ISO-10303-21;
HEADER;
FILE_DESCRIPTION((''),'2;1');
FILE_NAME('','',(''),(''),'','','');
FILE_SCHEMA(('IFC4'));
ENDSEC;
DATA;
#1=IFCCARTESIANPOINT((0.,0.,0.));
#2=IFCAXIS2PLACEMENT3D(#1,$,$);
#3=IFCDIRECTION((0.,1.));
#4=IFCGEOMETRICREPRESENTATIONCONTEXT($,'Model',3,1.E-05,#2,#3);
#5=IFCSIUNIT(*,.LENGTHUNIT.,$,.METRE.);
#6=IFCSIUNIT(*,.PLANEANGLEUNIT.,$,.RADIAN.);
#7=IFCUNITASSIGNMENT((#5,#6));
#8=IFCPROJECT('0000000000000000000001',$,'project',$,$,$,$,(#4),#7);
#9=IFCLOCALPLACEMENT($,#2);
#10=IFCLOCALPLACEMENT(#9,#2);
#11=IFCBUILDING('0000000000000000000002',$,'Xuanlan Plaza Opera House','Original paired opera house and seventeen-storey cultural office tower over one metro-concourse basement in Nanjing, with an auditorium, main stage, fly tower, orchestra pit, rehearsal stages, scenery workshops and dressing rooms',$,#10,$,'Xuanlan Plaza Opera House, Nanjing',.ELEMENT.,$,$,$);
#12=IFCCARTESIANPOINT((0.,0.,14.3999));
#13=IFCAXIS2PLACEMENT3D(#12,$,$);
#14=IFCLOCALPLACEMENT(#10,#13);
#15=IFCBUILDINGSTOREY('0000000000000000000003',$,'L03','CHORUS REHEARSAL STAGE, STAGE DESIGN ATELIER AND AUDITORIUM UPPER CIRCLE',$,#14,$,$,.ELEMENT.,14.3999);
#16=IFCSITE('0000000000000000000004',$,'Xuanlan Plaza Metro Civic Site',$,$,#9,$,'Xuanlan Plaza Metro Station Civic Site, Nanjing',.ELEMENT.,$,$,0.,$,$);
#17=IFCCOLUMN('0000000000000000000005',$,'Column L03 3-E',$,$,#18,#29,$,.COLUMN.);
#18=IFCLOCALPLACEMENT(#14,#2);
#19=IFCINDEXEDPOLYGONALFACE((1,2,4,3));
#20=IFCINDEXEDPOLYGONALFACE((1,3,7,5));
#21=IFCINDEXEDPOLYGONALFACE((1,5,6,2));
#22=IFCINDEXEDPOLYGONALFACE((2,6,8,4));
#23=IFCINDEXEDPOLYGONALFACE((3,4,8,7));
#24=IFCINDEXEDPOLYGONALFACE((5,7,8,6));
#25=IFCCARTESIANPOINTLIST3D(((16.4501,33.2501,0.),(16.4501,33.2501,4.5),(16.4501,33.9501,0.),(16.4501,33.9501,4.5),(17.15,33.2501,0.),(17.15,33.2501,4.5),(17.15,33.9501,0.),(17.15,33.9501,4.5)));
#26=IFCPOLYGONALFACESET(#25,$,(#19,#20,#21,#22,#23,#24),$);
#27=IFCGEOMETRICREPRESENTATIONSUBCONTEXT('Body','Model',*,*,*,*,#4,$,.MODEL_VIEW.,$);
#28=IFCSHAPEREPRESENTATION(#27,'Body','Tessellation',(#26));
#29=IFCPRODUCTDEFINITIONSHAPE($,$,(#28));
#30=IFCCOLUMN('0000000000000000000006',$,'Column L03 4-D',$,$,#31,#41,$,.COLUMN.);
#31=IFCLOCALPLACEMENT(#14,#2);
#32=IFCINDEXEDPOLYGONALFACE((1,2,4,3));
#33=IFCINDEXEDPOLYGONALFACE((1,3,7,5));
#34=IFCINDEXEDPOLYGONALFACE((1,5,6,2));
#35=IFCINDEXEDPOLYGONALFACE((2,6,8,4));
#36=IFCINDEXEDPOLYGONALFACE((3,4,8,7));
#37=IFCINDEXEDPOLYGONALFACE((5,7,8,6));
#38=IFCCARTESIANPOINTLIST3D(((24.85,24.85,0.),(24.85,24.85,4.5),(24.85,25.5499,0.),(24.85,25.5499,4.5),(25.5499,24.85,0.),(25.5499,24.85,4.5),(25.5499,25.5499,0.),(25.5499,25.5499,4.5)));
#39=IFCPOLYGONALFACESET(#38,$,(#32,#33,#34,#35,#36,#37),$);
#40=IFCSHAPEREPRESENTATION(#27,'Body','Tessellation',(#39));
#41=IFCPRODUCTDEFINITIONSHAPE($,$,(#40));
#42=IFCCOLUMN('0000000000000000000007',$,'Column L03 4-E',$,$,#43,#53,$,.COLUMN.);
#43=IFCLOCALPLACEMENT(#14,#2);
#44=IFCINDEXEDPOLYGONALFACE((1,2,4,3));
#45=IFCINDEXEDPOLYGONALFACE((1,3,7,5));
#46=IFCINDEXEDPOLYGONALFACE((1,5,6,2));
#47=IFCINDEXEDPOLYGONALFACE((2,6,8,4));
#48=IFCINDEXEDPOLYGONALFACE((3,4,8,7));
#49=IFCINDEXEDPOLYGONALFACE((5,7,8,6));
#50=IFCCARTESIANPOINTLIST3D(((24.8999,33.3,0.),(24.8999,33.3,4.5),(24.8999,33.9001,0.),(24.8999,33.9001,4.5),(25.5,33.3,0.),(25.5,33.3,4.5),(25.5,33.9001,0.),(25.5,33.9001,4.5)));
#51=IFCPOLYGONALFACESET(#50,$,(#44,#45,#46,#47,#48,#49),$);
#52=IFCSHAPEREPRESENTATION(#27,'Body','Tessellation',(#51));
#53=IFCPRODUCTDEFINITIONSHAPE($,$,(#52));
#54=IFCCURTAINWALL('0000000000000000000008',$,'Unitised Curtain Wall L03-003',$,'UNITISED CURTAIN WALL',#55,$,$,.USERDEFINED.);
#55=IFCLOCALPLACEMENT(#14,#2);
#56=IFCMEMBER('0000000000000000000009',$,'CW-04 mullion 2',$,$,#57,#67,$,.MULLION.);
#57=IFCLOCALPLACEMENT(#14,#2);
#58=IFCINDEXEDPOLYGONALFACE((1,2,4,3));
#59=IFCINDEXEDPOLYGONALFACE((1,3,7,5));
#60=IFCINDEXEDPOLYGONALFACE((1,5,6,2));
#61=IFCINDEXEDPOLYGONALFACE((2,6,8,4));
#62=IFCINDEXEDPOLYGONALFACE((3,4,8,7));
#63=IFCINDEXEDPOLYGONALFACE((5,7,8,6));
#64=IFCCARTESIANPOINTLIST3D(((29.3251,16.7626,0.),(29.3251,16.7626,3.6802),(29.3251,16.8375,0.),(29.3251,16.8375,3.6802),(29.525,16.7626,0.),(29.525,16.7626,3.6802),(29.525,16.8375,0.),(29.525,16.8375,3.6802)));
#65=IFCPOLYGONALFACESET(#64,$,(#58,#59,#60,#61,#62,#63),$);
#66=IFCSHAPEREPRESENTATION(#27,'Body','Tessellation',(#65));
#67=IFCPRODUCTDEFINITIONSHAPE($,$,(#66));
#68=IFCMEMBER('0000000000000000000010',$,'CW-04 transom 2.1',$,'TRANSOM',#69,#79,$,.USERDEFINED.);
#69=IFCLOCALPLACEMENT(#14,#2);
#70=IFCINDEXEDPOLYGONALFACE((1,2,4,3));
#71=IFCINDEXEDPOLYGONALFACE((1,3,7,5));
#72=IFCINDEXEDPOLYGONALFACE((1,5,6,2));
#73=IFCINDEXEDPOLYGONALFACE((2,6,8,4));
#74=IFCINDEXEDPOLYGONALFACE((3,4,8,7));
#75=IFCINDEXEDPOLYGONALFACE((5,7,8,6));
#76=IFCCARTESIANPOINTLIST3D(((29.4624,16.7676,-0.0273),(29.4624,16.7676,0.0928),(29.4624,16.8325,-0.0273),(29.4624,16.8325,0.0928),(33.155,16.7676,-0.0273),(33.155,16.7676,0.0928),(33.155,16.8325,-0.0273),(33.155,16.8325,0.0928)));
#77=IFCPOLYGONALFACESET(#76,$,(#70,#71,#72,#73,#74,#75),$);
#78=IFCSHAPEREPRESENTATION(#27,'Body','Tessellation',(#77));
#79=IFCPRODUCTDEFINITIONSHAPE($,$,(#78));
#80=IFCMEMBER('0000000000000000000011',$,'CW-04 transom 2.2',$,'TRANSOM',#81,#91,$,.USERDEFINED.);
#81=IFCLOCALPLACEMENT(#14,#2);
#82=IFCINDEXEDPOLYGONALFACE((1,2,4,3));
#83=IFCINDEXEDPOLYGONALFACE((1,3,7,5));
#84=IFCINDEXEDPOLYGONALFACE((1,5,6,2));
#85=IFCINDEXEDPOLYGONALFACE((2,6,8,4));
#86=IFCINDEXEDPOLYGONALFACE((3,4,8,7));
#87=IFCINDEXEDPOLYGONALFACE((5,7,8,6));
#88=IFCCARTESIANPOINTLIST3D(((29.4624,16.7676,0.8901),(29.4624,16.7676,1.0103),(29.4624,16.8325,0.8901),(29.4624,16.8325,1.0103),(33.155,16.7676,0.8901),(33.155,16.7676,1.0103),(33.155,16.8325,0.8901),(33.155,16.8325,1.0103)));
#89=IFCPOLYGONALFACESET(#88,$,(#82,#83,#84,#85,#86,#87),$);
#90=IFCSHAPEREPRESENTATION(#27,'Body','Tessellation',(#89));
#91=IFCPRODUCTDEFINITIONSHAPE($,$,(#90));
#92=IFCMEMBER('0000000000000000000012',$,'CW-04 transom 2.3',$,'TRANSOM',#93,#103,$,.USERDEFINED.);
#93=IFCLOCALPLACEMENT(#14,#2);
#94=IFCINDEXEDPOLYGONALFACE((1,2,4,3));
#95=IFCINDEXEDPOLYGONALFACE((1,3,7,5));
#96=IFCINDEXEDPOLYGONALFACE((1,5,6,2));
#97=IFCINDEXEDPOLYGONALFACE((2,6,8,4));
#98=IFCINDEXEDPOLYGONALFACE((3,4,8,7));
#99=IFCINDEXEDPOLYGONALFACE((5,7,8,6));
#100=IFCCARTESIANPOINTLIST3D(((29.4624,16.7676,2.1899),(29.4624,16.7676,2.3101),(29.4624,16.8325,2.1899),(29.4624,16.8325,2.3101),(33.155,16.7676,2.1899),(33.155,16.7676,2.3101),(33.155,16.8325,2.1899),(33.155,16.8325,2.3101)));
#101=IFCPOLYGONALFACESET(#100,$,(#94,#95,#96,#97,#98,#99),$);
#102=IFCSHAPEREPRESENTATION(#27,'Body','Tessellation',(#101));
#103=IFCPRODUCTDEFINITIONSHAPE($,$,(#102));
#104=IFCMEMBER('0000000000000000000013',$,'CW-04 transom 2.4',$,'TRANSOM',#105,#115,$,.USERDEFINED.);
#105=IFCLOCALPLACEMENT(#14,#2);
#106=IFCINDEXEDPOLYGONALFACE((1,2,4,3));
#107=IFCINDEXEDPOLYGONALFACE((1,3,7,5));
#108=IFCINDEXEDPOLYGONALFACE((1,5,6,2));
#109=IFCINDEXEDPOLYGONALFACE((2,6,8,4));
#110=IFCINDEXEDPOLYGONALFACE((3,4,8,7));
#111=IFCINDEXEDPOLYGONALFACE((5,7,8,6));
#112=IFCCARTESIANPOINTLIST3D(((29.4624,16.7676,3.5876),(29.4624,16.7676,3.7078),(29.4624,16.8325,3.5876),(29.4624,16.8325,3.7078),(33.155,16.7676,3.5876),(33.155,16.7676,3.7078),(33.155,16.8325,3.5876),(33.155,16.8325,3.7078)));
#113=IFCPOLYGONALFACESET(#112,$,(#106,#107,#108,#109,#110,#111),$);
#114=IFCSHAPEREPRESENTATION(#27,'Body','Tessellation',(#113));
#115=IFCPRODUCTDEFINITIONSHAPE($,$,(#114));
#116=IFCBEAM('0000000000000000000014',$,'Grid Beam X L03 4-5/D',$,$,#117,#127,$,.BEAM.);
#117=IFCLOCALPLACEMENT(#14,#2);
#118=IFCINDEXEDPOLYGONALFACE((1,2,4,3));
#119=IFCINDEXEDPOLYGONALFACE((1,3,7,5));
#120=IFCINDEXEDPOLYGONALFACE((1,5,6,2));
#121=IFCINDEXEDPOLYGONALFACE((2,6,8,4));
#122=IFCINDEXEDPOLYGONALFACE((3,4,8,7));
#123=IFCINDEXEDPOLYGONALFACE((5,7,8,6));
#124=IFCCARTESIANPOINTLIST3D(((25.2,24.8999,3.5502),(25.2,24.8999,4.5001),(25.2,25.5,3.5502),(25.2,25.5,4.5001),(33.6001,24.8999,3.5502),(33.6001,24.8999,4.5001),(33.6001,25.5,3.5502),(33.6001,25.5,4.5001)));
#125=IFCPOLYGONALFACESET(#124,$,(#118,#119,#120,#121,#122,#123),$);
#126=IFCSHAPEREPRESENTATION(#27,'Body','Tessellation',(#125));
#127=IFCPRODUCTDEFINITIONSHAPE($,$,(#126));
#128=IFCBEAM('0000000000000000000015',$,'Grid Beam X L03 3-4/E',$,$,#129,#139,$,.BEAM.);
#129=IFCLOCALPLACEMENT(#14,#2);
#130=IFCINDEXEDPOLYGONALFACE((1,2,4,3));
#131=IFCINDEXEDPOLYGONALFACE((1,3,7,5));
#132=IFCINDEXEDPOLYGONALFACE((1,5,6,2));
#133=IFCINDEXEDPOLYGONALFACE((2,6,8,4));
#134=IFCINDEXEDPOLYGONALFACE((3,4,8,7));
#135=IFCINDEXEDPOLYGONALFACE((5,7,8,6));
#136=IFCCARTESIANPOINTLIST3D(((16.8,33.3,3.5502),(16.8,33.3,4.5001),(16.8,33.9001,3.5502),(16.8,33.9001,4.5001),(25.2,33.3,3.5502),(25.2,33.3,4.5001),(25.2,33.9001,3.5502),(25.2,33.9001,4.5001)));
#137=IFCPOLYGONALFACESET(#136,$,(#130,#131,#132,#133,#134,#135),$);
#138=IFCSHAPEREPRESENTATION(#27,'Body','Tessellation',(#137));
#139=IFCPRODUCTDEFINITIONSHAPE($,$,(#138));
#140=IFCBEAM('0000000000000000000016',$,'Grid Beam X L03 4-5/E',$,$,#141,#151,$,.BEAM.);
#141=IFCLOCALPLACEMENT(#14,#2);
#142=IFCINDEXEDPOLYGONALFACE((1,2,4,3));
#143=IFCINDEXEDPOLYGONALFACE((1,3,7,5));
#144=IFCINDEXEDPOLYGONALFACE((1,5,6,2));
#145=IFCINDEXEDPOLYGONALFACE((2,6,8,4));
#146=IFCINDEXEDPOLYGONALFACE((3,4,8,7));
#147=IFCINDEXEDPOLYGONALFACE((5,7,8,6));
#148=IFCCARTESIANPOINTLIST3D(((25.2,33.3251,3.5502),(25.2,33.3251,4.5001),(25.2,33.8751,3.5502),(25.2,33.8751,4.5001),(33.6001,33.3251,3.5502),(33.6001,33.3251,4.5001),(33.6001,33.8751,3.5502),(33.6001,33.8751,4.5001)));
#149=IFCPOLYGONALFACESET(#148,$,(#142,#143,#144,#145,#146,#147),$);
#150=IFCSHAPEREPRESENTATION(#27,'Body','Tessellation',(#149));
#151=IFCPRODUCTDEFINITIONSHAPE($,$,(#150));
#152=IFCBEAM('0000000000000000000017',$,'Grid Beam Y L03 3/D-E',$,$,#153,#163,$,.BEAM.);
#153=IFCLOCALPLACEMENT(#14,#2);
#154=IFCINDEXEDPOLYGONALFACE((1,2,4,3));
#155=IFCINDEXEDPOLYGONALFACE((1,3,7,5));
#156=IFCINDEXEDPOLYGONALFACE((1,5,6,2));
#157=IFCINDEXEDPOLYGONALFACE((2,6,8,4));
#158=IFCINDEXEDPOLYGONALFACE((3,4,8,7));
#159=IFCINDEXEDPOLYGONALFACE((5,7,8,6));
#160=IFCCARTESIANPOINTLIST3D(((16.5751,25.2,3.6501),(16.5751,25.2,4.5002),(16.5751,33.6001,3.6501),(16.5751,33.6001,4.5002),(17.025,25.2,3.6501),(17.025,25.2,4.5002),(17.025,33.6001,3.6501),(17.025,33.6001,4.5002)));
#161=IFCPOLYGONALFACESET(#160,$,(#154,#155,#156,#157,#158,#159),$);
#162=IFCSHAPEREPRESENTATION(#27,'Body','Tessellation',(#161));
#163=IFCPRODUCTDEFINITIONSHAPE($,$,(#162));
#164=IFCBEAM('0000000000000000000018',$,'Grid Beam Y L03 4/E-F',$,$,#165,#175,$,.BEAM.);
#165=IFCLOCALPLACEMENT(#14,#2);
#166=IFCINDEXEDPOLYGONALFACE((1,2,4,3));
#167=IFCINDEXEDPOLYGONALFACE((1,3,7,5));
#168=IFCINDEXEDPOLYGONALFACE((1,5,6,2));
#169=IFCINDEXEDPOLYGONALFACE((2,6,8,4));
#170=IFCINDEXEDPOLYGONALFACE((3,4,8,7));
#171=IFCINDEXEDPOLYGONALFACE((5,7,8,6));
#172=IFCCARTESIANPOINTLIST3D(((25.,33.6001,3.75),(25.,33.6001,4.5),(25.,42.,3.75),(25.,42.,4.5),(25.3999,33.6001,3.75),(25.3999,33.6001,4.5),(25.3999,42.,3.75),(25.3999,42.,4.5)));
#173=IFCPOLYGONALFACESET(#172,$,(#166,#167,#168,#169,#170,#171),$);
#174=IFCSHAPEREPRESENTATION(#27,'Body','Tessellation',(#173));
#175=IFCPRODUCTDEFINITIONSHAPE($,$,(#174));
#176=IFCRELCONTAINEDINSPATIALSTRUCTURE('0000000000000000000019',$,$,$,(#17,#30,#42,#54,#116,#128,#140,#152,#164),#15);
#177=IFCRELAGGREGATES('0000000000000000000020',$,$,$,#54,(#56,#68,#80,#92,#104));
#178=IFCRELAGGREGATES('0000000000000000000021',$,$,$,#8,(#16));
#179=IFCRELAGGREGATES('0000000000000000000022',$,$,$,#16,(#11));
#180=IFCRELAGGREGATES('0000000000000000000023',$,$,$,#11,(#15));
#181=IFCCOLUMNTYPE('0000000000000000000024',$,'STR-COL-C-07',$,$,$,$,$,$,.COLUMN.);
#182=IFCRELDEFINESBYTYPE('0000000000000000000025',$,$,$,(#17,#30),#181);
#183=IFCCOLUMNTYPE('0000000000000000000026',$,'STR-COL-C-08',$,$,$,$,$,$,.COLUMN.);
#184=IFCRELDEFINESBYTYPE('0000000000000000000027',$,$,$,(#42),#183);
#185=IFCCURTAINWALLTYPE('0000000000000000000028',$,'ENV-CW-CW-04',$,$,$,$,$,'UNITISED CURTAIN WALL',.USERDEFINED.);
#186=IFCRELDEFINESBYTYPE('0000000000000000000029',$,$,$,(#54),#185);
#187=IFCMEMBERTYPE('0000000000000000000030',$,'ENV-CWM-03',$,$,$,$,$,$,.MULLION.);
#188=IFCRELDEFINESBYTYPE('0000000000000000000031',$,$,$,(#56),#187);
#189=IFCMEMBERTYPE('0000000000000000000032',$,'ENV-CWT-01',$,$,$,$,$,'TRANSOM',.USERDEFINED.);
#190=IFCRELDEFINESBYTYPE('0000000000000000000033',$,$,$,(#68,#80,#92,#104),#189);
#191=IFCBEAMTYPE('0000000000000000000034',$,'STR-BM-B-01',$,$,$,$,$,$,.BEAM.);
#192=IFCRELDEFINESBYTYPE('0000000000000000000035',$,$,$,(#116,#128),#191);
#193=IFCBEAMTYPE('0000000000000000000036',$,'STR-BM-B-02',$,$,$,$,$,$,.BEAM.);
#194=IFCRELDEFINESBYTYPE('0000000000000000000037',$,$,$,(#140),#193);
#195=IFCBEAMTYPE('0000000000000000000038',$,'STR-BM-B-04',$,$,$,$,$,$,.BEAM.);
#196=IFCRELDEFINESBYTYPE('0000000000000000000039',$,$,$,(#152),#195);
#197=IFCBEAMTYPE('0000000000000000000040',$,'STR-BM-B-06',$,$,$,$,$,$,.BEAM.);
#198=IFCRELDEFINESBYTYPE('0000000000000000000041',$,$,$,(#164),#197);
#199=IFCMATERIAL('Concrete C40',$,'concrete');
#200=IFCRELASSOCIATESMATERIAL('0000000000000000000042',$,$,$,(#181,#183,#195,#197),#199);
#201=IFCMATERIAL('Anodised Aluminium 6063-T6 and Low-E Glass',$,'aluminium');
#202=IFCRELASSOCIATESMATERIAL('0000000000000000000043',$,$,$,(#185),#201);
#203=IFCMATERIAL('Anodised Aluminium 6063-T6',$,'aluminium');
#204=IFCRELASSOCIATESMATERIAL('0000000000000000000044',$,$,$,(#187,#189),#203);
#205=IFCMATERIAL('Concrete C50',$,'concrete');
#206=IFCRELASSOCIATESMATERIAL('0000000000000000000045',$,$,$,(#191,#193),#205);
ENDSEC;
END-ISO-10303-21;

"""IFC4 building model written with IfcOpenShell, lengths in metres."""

from ifc_helpers import new_model, si_unit, direction, frame, origin, origin_2d, place, context, subcontext, project, spatial, rectangle, extrude, material, material_profile, profile_set, type_object, element, aggregate, save


model = new_model("IFC4")

# Units and contexts
model_context = context("Model", 3, precision=1e-05, world=origin(), true_north=direction((0.0, 1.0)))
body_context = subcontext(model_context, "Body", "Model", "MODEL_VIEW")
ifc_project = project(units=[si_unit("LENGTHUNIT", "METRE"), si_unit("PLANEANGLEUNIT", "RADIAN")], contexts=[model_context])

# Site, building, storey
site_placement = place(None, origin())
site = spatial("IfcSite", under=ifc_project, at=site_placement, Name="Xuanlan Plaza Metro Civic Site", LongName="Xuanlan Plaza Metro Station Civic Site, Nanjing", CompositionType="ELEMENT", RefElevation=0.0)
building_placement = place(site_placement, origin())
building = spatial("IfcBuilding", under=site, at=building_placement, Name="Xuanlan Plaza Opera House", Description="Original paired opera house and seventeen-storey cultural office tower over one metro-concourse basement in Nanjing, with an auditorium, main stage, fly tower, orchestra pit, rehearsal stages, scenery workshops and dressing rooms", LongName="Xuanlan Plaza Opera House, Nanjing", CompositionType="ELEMENT")
storey_placement = place(building_placement, frame((0.0, 0.0, 14.3999)))
storey = spatial("IfcBuildingStorey", under=building, at=storey_placement, Name="L03", Description="CHORUS REHEARSAL STAGE, STAGE DESIGN ATELIER AND AUDITORIUM UPPER CIRCLE", CompositionType="ELEMENT", Elevation=14.3999)

# Columns
ifc_material_1 = material(Name="Concrete C40", Category="concrete")
ifc_material_profile_1 = material_profile(ifc_material_1, rectangle(XDim=0.7, YDim=0.7, at=origin_2d()), Name="RC-COL 700x700")
ifc_profile_set_1 = profile_set([ifc_material_profile_1], Name="Concrete C40")
column_type_1 = type_object("IfcColumnType", Name="STR-COL-C-07", PredefinedType="COLUMN", material=ifc_profile_set_1)
for number, where, z_axis, x_axis, name in (
    (1, (16.8, 33.6001, 0.0), (0.0, 0.0, 1.0), (1.0, 0.0, 0.0), "Column L03 3-E"),
    (2, (25.2, 25.2, 0.0), (0.0, 0.0, 1.0), (1.0, 0.0, 0.0), "Column L03 4-D"),
):
    element("IfcColumn", number, at=place(storey_placement, frame(where, z_axis=z_axis, x_axis=x_axis)), inside=storey, type_object=column_type_1, Name=name, PredefinedType="COLUMN", context=body_context, shape_type="SweptSolid", body=[
        extrude(rectangle(XDim=0.7, YDim=0.7, at=origin_2d()), origin(), (0.0, 0.0, 1.0), 4.5),
    ])
ifc_material_profile_2 = material_profile(ifc_material_1, rectangle(XDim=0.6001, YDim=0.6001, at=origin_2d()), Name="RC-COL 600x600")
ifc_profile_set_2 = profile_set([ifc_material_profile_2], Name="Concrete C40")
column_type_2 = type_object("IfcColumnType", Name="STR-COL-C-08", PredefinedType="COLUMN", material=ifc_profile_set_2)
column_placement = place(storey_placement, frame((25.2, 33.6001, 0.0), z_axis=(0.0, 0.0, 1.0), x_axis=(1.0, 0.0, 0.0)))
element("IfcColumn", 3, at=column_placement, inside=storey, type_object=column_type_2, Name="Column L03 4-E", PredefinedType="COLUMN", context=body_context, shape_type="SweptSolid", body=[
    extrude(rectangle(XDim=0.6001, YDim=0.6001, at=origin_2d()), origin(), (0.0, 0.0, 1.0), 4.5),
])

# Curtain wall, members
ifc_material_2 = material(Name="Anodised Aluminium 6063-T6 and Low-E Glass", Category="aluminium")
curtain_wall_type = type_object("IfcCurtainWallType", Name="ENV-CW-CW-04", ElementType="UNITISED CURTAIN WALL", PredefinedType="USERDEFINED", material=ifc_material_2)
curtain_wall_placement = place(storey_placement, origin())
curtain_wall = element("IfcCurtainWall", 4, at=curtain_wall_placement, inside=storey, type_object=curtain_wall_type, Name="Unitised Curtain Wall L03-003", ObjectType="UNITISED CURTAIN WALL", PredefinedType="USERDEFINED")
ifc_material_3 = material(Name="Anodised Aluminium 6063-T6", Category="aluminium")
ifc_material_profile_3 = material_profile(ifc_material_3, rectangle(XDim=0.075, YDim=0.2, at=origin_2d()), Name="ALU-M 75x200")
ifc_profile_set_3 = profile_set([ifc_material_profile_3], Name="Anodised Aluminium 6063-T6")
member_type_1 = type_object("IfcMemberType", Name="ENV-CWM-03", PredefinedType="MULLION", material=ifc_profile_set_3)
member_1_placement = place(storey_placement, frame((29.425, 16.8, 0.0), z_axis=(0.0, 0.0, 1.0), x_axis=(0.0, 1.0, 0.0)))
member_1 = element("IfcMember", 5, at=member_1_placement, type_object=member_type_1, Name="CW-04 mullion 2", PredefinedType="MULLION", context=body_context, shape_type="SweptSolid", body=[
    extrude(rectangle(XDim=0.075, YDim=0.2, at=origin_2d()), origin(), (0.0, 0.0, 1.0), 3.6802),
])
ifc_material_profile_4 = material_profile(ifc_material_3, rectangle(XDim=0.0649, YDim=0.1201, at=origin_2d()), Name="ALU-T 65x120")
ifc_profile_set_4 = profile_set([ifc_material_profile_4], Name="Anodised Aluminium 6063-T6")
member_type_2 = type_object("IfcMemberType", Name="ENV-CWT-01", ElementType="TRANSOM", PredefinedType="USERDEFINED", material=ifc_profile_set_4)
member_2_placement = place(storey_placement, frame((29.4624, 16.8, 0.0327), z_axis=(1.0, 0.0, 0.0), x_axis=(0.0, 1.0, 0.0)))
member_2 = element("IfcMember", 6, at=member_2_placement, type_object=member_type_2, Name="CW-04 transom 2.1", ObjectType="TRANSOM", PredefinedType="USERDEFINED", context=body_context, shape_type="SweptSolid", body=[
    extrude(rectangle(XDim=0.0649, YDim=0.1201, at=origin_2d()), origin(), (0.0, 0.0, 1.0), 3.6926),
])
member_3_placement = place(storey_placement, frame((29.4624, 16.8, 0.9502), z_axis=(1.0, 0.0, 0.0), x_axis=(0.0, 1.0, 0.0)))
member_3 = element("IfcMember", 7, at=member_3_placement, type_object=member_type_2, Name="CW-04 transom 2.2", ObjectType="TRANSOM", PredefinedType="USERDEFINED", context=body_context, shape_type="SweptSolid", body=[
    extrude(rectangle(XDim=0.0649, YDim=0.1201, at=origin_2d()), origin(), (0.0, 0.0, 1.0), 3.6926),
])
member_4_placement = place(storey_placement, frame((29.4624, 16.8, 2.25), z_axis=(1.0, 0.0, 0.0), x_axis=(0.0, 1.0, 0.0)))
member_4 = element("IfcMember", 8, at=member_4_placement, type_object=member_type_2, Name="CW-04 transom 2.3", ObjectType="TRANSOM", PredefinedType="USERDEFINED", context=body_context, shape_type="SweptSolid", body=[
    extrude(rectangle(XDim=0.0649, YDim=0.1201, at=origin_2d()), origin(), (0.0, 0.0, 1.0), 3.6926),
])
member_5_placement = place(storey_placement, frame((29.4624, 16.8, 3.6477), z_axis=(1.0, 0.0, 0.0), x_axis=(0.0, 1.0, 0.0)))
member_5 = element("IfcMember", 9, at=member_5_placement, type_object=member_type_2, Name="CW-04 transom 2.4", ObjectType="TRANSOM", PredefinedType="USERDEFINED", context=body_context, shape_type="SweptSolid", body=[
    extrude(rectangle(XDim=0.0649, YDim=0.1201, at=origin_2d()), origin(), (0.0, 0.0, 1.0), 3.6926),
])

# Beams
ifc_material_4 = material(Name="Concrete C50", Category="concrete")
ifc_material_profile_5 = material_profile(ifc_material_4, rectangle(XDim=0.6001, YDim=0.95, at=origin_2d()), Name="RC-BM 600x950")
ifc_profile_set_5 = profile_set([ifc_material_profile_5], Name="Concrete C50")
beam_type_1 = type_object("IfcBeamType", Name="STR-BM-B-01", PredefinedType="BEAM", material=ifc_profile_set_5)
beam_1_placement = place(storey_placement, frame((25.2, 25.2, 4.0251), z_axis=(1.0, 0.0, 0.0), x_axis=(0.0, 1.0, 0.0)))
element("IfcBeam", 10, at=beam_1_placement, inside=storey, type_object=beam_type_1, Name="Grid Beam X L03 4-5/D", PredefinedType="BEAM", context=body_context, shape_type="SweptSolid", body=[
    extrude(rectangle(XDim=0.6001, YDim=0.95, at=origin_2d()), origin(), (0.0, 0.0, 1.0), 8.4001),
])
beam_2_placement = place(storey_placement, frame((16.8, 33.6001, 4.0251), z_axis=(1.0, 0.0, 0.0), x_axis=(0.0, 1.0, 0.0)))
element("IfcBeam", 11, at=beam_2_placement, inside=storey, type_object=beam_type_1, Name="Grid Beam X L03 3-4/E", PredefinedType="BEAM", context=body_context, shape_type="SweptSolid", body=[
    extrude(rectangle(XDim=0.6001, YDim=0.95, at=origin_2d()), origin(), (0.0, 0.0, 1.0), 8.3999),
])
ifc_material_profile_6 = material_profile(ifc_material_4, rectangle(XDim=0.55, YDim=0.95, at=origin_2d()), Name="RC-BM 550x950")
ifc_profile_set_6 = profile_set([ifc_material_profile_6], Name="Concrete C50")
beam_type_2 = type_object("IfcBeamType", Name="STR-BM-B-02", PredefinedType="BEAM", material=ifc_profile_set_6)
beam_3_placement = place(storey_placement, frame((25.2, 33.6001, 4.0251), z_axis=(1.0, 0.0, 0.0), x_axis=(0.0, 1.0, 0.0)))
element("IfcBeam", 12, at=beam_3_placement, inside=storey, type_object=beam_type_2, Name="Grid Beam X L03 4-5/E", PredefinedType="BEAM", context=body_context, shape_type="SweptSolid", body=[
    extrude(rectangle(XDim=0.55, YDim=0.95, at=origin_2d()), origin(), (0.0, 0.0, 1.0), 8.4001),
])
ifc_material_profile_7 = material_profile(ifc_material_1, rectangle(XDim=0.45, YDim=0.8501, at=origin_2d()), Name="RC-BM 450x850")
ifc_profile_set_7 = profile_set([ifc_material_profile_7], Name="Concrete C40")
beam_type_3 = type_object("IfcBeamType", Name="STR-BM-B-04", PredefinedType="BEAM", material=ifc_profile_set_7)
beam_4_placement = place(storey_placement, frame((16.8, 25.2, 4.0752), z_axis=(0.0, 1.0, 0.0), x_axis=(-1.0, 0.0, 0.0)))
element("IfcBeam", 13, at=beam_4_placement, inside=storey, type_object=beam_type_3, Name="Grid Beam Y L03 3/D-E", PredefinedType="BEAM", context=body_context, shape_type="SweptSolid", body=[
    extrude(rectangle(XDim=0.45, YDim=0.8501, at=origin_2d()), origin(), (0.0, 0.0, 1.0), 8.4001),
])
ifc_material_profile_8 = material_profile(ifc_material_1, rectangle(XDim=0.3999, YDim=0.75, at=origin_2d()), Name="RC-BM 400x750")
ifc_profile_set_8 = profile_set([ifc_material_profile_8], Name="Concrete C40")
beam_type_4 = type_object("IfcBeamType", Name="STR-BM-B-06", PredefinedType="BEAM", material=ifc_profile_set_8)
beam_5_placement = place(storey_placement, frame((25.2, 33.6001, 4.125), z_axis=(0.0, 1.0, 0.0), x_axis=(-1.0, 0.0, 0.0)))
element("IfcBeam", 14, at=beam_5_placement, inside=storey, type_object=beam_type_4, Name="Grid Beam Y L03 4/E-F", PredefinedType="BEAM", context=body_context, shape_type="SweptSolid", body=[
    extrude(rectangle(XDim=0.3999, YDim=0.75, at=origin_2d()), origin(), (0.0, 0.0, 1.0), 8.3999),
])

aggregate(curtain_wall, [member_1, member_2, member_3, member_4, member_5])

save(model, "model.ifc")
